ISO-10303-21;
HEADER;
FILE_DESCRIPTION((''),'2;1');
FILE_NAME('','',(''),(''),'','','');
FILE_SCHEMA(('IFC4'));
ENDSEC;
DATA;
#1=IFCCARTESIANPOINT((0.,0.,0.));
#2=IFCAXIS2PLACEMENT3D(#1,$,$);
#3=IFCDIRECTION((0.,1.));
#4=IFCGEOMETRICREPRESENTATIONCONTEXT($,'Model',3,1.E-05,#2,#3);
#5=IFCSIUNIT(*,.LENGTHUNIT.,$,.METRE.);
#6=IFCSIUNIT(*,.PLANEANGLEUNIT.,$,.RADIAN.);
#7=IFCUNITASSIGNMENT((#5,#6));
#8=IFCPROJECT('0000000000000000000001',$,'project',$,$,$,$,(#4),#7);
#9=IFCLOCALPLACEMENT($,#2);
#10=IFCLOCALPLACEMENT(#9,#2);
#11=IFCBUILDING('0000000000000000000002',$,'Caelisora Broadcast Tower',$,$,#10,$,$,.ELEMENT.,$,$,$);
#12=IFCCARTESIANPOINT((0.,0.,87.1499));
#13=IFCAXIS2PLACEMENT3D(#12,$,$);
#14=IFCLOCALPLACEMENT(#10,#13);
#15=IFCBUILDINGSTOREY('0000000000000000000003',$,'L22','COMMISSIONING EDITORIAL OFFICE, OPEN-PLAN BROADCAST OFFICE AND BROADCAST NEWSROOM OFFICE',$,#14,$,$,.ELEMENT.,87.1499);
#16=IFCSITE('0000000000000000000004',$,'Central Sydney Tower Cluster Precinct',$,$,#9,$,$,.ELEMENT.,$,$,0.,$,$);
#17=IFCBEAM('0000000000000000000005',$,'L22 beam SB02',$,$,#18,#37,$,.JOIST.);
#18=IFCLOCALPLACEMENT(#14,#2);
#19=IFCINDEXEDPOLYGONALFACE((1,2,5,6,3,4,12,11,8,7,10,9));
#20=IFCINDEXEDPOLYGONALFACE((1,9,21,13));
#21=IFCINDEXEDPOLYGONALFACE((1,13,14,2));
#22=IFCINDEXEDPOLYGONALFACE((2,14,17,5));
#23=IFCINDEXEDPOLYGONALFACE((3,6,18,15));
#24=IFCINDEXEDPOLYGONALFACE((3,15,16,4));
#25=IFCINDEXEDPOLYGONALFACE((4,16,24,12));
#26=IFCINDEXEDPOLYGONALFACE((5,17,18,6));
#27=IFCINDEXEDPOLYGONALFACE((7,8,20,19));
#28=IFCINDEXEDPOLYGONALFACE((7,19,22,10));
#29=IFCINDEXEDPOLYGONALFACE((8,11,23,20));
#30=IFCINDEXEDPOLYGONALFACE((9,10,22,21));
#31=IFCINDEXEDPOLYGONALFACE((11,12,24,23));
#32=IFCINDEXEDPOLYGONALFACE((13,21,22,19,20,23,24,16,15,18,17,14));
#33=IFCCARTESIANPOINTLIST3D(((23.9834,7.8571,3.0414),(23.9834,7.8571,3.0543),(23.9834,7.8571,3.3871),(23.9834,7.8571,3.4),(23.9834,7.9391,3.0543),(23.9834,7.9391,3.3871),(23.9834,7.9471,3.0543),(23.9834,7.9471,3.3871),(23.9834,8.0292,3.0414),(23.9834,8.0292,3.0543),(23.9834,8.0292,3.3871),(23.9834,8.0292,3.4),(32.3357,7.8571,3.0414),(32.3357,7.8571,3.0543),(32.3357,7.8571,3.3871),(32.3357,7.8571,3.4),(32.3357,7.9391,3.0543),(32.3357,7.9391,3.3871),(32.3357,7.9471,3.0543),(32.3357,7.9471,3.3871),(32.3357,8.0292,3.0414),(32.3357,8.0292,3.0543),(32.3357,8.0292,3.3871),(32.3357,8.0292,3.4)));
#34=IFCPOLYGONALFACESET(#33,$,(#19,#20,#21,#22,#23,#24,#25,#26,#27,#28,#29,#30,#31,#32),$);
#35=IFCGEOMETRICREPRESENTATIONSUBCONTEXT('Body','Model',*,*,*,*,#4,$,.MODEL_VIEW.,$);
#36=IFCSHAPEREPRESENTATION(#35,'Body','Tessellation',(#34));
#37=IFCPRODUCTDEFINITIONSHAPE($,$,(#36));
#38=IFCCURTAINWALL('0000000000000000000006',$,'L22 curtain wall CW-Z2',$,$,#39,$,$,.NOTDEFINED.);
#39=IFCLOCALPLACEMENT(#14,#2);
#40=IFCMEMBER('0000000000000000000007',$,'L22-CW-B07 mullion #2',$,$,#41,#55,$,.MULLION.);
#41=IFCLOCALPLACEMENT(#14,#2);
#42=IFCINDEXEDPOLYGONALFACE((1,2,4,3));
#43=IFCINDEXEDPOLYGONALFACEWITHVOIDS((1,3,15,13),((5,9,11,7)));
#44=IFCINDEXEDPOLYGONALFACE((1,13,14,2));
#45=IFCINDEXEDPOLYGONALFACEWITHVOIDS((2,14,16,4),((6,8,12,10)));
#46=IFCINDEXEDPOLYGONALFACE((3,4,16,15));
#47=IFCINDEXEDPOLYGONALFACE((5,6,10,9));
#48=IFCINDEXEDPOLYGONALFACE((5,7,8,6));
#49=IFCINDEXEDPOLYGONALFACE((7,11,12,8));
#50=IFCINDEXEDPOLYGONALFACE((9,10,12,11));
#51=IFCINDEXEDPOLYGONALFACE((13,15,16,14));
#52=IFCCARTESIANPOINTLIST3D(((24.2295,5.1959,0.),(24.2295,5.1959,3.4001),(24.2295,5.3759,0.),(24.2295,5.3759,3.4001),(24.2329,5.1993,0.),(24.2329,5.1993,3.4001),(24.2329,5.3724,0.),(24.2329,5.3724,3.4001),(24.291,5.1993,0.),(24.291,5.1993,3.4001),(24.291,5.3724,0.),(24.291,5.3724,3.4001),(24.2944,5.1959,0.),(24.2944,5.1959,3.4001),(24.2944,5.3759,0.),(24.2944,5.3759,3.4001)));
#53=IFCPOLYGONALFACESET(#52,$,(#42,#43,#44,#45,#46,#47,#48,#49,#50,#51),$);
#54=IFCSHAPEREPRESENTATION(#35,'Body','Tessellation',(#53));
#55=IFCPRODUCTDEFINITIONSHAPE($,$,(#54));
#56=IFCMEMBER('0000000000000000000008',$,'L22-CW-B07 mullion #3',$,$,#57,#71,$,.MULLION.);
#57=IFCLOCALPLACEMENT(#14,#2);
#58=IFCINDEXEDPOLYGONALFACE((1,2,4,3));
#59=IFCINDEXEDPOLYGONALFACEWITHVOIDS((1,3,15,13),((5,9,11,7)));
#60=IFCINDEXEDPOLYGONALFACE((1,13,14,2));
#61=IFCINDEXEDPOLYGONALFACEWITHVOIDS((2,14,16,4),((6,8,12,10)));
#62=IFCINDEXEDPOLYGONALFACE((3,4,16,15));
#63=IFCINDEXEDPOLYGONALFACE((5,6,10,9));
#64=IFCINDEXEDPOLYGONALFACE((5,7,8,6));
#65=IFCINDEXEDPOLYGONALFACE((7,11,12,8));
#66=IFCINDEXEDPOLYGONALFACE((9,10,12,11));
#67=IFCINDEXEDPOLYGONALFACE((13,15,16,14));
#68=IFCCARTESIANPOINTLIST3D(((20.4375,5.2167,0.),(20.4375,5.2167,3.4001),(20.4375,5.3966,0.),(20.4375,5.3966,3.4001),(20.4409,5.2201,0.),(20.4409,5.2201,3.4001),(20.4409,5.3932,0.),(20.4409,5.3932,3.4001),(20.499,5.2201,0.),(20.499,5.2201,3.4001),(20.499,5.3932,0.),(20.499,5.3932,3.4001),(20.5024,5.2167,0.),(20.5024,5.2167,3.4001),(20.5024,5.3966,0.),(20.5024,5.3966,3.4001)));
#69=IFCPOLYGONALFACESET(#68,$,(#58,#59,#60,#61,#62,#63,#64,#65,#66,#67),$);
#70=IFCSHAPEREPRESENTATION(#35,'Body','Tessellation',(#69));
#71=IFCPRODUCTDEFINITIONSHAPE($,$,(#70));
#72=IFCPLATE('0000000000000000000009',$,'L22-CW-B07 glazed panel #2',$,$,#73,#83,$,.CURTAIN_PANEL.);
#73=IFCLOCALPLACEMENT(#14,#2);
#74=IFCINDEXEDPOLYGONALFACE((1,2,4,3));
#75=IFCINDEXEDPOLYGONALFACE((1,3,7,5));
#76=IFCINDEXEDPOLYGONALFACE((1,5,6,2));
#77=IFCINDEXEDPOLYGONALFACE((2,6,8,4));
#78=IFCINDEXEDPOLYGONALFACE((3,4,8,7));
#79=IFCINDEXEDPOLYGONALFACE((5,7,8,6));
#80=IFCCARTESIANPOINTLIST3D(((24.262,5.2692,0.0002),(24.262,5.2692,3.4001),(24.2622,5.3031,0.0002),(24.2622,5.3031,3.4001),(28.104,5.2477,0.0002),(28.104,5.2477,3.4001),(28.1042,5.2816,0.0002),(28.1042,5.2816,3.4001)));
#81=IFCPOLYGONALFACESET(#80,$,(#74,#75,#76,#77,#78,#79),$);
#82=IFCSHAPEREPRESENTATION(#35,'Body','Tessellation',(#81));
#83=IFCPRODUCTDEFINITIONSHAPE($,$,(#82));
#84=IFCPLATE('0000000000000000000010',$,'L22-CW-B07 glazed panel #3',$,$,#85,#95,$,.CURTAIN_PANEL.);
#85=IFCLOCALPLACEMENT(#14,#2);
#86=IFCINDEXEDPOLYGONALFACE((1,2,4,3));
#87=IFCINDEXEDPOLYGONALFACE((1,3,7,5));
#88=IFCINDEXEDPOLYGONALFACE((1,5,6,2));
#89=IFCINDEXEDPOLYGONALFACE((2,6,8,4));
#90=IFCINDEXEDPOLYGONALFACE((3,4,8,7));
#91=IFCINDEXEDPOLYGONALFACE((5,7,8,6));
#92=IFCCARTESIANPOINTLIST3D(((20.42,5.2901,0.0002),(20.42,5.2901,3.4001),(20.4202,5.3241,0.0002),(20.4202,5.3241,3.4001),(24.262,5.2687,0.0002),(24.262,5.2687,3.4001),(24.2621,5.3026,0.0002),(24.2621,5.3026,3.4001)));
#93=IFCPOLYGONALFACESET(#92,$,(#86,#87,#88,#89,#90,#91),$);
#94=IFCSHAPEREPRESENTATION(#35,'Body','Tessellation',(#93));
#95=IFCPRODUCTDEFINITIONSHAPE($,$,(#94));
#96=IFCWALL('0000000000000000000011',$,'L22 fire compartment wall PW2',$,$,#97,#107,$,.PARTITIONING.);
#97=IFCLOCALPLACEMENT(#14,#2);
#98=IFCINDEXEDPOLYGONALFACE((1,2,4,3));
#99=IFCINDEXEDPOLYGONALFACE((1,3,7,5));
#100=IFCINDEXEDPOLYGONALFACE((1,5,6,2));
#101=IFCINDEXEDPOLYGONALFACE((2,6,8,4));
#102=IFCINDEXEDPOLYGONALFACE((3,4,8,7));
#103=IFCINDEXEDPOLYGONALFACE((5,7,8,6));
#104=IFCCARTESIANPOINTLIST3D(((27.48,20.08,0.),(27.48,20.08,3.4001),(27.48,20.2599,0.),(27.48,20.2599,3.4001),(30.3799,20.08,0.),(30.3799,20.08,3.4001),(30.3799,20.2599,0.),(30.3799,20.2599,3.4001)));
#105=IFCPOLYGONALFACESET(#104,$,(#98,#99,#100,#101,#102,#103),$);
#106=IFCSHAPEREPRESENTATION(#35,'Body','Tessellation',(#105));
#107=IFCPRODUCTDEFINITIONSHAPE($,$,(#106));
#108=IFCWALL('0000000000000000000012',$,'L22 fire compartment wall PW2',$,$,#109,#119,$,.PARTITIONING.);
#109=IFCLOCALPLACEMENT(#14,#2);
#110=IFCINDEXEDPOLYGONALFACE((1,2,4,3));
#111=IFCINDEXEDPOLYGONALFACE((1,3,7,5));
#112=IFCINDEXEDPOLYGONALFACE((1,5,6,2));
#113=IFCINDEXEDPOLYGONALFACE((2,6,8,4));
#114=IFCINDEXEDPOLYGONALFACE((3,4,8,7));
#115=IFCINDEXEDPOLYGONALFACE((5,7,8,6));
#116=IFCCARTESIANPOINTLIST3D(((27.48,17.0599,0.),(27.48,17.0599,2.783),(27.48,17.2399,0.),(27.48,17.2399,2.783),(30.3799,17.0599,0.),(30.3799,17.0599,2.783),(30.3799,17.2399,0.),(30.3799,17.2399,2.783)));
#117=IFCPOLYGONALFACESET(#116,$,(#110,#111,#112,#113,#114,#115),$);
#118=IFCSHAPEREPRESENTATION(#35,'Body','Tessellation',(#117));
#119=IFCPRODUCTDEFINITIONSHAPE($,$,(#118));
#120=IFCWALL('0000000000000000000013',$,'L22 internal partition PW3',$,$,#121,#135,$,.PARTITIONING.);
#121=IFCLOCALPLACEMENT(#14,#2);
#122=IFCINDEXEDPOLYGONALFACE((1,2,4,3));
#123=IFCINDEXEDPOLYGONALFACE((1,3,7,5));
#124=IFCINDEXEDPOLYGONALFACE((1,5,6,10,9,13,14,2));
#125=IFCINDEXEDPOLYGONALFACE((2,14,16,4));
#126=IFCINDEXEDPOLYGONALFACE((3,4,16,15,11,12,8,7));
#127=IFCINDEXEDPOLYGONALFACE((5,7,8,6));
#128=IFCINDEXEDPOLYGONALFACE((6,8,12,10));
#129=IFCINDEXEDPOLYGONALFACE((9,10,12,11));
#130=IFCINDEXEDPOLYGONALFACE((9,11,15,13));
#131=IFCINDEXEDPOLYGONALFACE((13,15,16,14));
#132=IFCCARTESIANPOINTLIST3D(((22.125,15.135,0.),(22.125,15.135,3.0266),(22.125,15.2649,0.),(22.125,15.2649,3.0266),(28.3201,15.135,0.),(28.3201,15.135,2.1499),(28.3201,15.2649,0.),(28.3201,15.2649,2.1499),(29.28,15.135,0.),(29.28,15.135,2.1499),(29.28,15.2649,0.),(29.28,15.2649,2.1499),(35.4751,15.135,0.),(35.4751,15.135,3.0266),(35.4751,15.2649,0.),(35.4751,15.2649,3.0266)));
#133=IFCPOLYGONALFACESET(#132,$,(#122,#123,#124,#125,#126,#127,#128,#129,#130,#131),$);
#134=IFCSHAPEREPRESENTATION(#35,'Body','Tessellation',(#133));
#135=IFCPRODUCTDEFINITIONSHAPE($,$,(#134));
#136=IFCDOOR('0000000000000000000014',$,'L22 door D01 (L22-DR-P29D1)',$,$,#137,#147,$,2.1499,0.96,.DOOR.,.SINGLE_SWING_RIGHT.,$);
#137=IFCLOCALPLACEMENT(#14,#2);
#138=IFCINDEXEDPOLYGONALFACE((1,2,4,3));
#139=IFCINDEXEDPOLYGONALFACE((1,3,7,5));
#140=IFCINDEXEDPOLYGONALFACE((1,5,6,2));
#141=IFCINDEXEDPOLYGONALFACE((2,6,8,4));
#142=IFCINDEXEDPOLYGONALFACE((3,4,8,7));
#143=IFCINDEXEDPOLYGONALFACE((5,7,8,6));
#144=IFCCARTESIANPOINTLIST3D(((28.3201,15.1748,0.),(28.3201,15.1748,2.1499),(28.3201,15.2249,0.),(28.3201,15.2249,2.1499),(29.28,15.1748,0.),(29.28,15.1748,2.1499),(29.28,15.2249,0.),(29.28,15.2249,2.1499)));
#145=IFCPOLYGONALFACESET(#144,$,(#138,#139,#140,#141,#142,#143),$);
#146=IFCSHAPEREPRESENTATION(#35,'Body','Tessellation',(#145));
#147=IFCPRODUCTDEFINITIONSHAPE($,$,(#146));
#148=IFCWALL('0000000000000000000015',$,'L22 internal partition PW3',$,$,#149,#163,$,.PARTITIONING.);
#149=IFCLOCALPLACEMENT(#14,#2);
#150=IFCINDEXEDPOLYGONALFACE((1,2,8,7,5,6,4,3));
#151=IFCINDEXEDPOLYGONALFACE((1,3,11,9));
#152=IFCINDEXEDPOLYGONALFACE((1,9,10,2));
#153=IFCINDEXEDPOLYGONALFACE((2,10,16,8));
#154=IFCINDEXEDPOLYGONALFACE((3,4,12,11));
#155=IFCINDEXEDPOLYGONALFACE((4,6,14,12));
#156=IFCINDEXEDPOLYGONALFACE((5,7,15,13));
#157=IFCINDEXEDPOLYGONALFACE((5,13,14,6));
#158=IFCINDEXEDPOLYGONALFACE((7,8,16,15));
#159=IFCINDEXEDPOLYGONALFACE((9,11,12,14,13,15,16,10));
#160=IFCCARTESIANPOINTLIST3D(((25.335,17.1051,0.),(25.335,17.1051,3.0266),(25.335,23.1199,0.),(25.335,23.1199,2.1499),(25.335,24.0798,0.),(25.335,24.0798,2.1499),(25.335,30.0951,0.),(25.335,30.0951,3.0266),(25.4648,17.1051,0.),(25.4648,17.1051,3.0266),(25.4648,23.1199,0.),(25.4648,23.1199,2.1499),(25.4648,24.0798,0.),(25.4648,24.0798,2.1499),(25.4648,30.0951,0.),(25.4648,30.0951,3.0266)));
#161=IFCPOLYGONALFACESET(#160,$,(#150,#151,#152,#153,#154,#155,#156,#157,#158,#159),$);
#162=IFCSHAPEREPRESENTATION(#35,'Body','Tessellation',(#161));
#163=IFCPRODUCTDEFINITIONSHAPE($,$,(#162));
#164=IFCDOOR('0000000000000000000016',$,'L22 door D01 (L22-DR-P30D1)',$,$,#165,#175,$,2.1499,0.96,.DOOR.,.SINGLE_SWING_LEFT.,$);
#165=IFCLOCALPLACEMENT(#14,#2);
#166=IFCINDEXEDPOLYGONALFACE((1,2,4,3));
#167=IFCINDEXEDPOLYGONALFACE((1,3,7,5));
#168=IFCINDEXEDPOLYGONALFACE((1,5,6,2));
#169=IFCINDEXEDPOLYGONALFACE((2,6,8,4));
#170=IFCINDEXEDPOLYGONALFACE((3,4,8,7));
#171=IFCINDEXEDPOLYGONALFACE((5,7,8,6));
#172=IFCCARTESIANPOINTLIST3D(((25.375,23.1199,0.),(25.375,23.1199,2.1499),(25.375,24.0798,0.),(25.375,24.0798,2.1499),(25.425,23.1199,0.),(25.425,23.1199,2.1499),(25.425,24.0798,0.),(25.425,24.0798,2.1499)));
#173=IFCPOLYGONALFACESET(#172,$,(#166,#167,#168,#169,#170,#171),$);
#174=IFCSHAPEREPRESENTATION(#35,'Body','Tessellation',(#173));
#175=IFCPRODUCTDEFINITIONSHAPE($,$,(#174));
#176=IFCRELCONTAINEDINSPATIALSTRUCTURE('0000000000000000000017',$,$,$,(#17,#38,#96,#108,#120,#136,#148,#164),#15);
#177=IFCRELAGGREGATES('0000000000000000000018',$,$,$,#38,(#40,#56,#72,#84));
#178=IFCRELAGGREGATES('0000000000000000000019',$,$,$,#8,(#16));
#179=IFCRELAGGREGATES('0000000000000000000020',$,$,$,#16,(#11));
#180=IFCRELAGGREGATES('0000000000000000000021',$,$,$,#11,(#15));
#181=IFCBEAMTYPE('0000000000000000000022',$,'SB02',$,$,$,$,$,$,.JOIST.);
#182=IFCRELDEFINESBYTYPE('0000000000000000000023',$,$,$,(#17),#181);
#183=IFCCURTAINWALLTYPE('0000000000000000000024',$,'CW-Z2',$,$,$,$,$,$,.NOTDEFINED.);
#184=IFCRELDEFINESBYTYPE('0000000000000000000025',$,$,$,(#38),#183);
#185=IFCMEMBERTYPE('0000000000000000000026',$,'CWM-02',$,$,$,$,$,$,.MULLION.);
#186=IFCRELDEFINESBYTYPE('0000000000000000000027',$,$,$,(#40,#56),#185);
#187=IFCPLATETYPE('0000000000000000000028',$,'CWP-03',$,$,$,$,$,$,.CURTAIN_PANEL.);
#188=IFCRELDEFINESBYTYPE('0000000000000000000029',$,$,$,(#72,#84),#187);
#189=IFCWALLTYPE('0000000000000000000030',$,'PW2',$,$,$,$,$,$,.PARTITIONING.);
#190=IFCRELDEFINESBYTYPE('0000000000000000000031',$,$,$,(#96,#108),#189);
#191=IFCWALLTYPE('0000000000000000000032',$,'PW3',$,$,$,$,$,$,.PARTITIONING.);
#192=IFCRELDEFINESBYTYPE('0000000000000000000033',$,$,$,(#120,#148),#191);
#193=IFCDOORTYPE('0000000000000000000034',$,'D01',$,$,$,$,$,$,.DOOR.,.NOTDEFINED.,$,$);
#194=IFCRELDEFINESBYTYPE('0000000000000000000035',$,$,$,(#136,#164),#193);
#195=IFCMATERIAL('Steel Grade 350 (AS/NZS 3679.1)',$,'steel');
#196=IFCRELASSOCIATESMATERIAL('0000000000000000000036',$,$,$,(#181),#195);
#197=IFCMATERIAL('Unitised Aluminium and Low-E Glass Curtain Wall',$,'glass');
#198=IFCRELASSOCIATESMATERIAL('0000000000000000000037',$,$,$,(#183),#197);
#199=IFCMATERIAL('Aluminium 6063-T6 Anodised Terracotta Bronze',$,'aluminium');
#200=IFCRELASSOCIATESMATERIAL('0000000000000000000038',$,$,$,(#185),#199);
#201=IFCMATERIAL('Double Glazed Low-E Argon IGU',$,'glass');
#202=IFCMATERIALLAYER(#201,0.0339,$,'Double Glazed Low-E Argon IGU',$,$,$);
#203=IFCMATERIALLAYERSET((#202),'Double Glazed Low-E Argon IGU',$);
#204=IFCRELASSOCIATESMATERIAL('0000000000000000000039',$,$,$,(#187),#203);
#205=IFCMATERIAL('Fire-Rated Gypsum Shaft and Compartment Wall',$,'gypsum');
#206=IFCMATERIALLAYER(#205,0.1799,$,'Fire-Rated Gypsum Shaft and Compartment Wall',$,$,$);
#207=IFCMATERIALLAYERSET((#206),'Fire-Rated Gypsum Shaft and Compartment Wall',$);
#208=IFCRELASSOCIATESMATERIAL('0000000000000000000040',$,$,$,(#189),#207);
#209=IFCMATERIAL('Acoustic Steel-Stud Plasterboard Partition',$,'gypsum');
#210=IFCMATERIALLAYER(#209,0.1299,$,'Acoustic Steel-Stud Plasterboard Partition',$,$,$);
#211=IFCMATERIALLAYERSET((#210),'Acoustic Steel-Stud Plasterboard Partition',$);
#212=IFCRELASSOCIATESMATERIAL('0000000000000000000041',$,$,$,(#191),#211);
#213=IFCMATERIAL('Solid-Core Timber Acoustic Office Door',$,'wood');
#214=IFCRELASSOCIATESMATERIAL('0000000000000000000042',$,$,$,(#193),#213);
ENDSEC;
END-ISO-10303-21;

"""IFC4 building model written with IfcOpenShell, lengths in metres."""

from ifc_helpers import new_model, si_unit, direction, frame, frame_2d, origin, origin_2d, place, context, subcontext, project, spatial, rectangle, hollow_rectangle, i_section, extrude, source, transform, mapped, material, layer, layer_set, material_profile, profile_set, type_object, type_shapes, element, fill, aggregate, save


model = new_model("IFC4")

# Units and contexts
model_context = context("Model", 3, precision=1e-05, world=origin(), true_north=direction((0.0, 1.0)))
body_context = subcontext(model_context, "Body", "Model", "MODEL_VIEW")
ifc_project = project(units=[si_unit("LENGTHUNIT", "METRE"), si_unit("PLANEANGLEUNIT", "RADIAN")], contexts=[model_context])

# Site, building, storey
site_placement = place(None, origin())
site = spatial("IfcSite", under=ifc_project, at=site_placement, Name="Central Sydney Tower Cluster Precinct", CompositionType="ELEMENT", RefElevation=0.0)
building_placement = place(site_placement, origin())
building = spatial("IfcBuilding", under=site, at=building_placement, Name="Caelisora Broadcast Tower", CompositionType="ELEMENT")
storey_placement = place(building_placement, frame((0.0, 0.0, 87.1499)))
storey = spatial("IfcBuildingStorey", under=building, at=storey_placement, Name="L22", Description="COMMISSIONING EDITORIAL OFFICE, OPEN-PLAN BROADCAST OFFICE AND BROADCAST NEWSROOM OFFICE", CompositionType="ELEMENT", Elevation=87.1499)

# Beam
ifc_material_1 = material(Name="Steel Grade 350 (AS/NZS 3679.1)", Category="steel")
ifc_material_profile_1 = material_profile(ifc_material_1, i_section(OverallWidth=0.1721, OverallDepth=0.3586, WebThickness=0.0081, FlangeThickness=0.0129, at=origin_2d()), Name="Steel Grade 350 (AS/NZS 3679.1)")
ifc_profile_set_1 = profile_set([ifc_material_profile_1], Name="Steel Grade 350 (AS/NZS 3679.1)")
beam_type_1 = type_object("IfcBeamType", Name="SB02", PredefinedType="JOIST", material=ifc_profile_set_1)
shared_shape_1 = source(origin(), body_context, "Body", "SweptSolid", [
    extrude(i_section(OverallWidth=0.1721, OverallDepth=0.3586, WebThickness=0.0081, FlangeThickness=0.0129, at=origin_2d()), origin(), (0.0, 0.0, 1.0), 8.3523),
])
beam_1_placement = place(storey_placement, frame((23.9834, 7.9431, 3.2207), z_axis=(1.0, 0.0, 0.0), x_axis=(0.0, 1.0, 0.0)))
element("IfcBeam", 1, at=beam_1_placement, inside=storey, type_object=beam_type_1, Name="L22 beam SB02", PredefinedType="JOIST", context=body_context, shape_type="MappedRepresentation", body=[
    mapped(shared_shape_1, transform((0.0, 0.0, 0.0), scale=1.0)),
])

# Curtain wall, members, plates
ifc_material_2 = material(Name="Unitised Aluminium and Low-E Glass Curtain Wall", Category="glass")
curtain_wall_type = type_object("IfcCurtainWallType", Name="CW-Z2", PredefinedType="NOTDEFINED", material=ifc_material_2)
curtain_wall_placement = place(storey_placement, origin())
curtain_wall = element("IfcCurtainWall", 2, at=curtain_wall_placement, inside=storey, type_object=curtain_wall_type, Name="L22 curtain wall CW-Z2", PredefinedType="NOTDEFINED")
ifc_material_3 = material(Name="Aluminium 6063-T6 Anodised Terracotta Bronze", Category="aluminium")
ifc_material_profile_2 = material_profile(ifc_material_3, hollow_rectangle(XDim=0.0649, YDim=0.1799, WallThickness=0.0034, at=origin_2d()), Name="Aluminium 6063-T6 Anodised Terracotta Bronze")
ifc_profile_set_2 = profile_set([ifc_material_profile_2], Name="Aluminium 6063-T6 Anodised Terracotta Bronze")
member_type = type_object("IfcMemberType", Name="CWM-02", PredefinedType="MULLION", material=ifc_profile_set_2)
shared_shape_2 = source(origin(), body_context, "Body", "SweptSolid", [
    extrude(hollow_rectangle(XDim=0.0649, YDim=0.1799, WallThickness=0.0034, at=origin_2d()), origin(), (0.0, 0.0, 1.0), 3.4001),
])
type_shapes(member_type, [shared_shape_2])
member_1_placement = place(storey_placement, frame((24.262, 5.2859, 0.0), z_axis=(0.0, 0.0, 1.0), x_axis=(1.0, 0.0, 0.0)))
member_1 = element("IfcMember", 3, at=member_1_placement, type_object=member_type, Name="L22-CW-B07 mullion #2", PredefinedType="MULLION", context=body_context, shape_type="MappedRepresentation", body=[
    mapped(shared_shape_2, transform((0.0, 0.0, 0.0), scale=1.0)),
])
member_2_placement = place(storey_placement, frame((20.47, 5.3066, 0.0), z_axis=(0.0, 0.0, 1.0), x_axis=(1.0, 0.0, 0.0)))
member_2 = element("IfcMember", 4, at=member_2_placement, type_object=member_type, Name="L22-CW-B07 mullion #3", PredefinedType="MULLION", context=body_context, shape_type="MappedRepresentation", body=[
    mapped(shared_shape_2, transform((0.0, 0.0, 0.0), scale=1.0)),
])
ifc_material_4 = material(Name="Double Glazed Low-E Argon IGU", Category="glass")
ifc_layer_1 = layer(ifc_material_4, 0.0339, Name="Double Glazed Low-E Argon IGU")
ifc_layer_set_1 = layer_set([ifc_layer_1], Name="Double Glazed Low-E Argon IGU")
plate_type = type_object("IfcPlateType", Name="CWP-03", PredefinedType="CURTAIN_PANEL", material=ifc_layer_set_1)
shared_shape_3 = source(origin(), body_context, "Body", "SweptSolid", [
    extrude(rectangle(XDim=3.842, YDim=0.0339, at=origin_2d()), origin(), (0.0, 0.0, 1.0), 3.3999),
])
type_shapes(plate_type, [shared_shape_3])
plate_1_placement = place(storey_placement, frame((26.1831, 5.2754, 0.0002), z_axis=(0.0, 0.0, 1.0), x_axis=(-0.999984, 0.005585, 0.0)))
plate_1 = element("IfcPlate", 5, at=plate_1_placement, type_object=plate_type, Name="L22-CW-B07 glazed panel #2", PredefinedType="CURTAIN_PANEL", context=body_context, shape_type="MappedRepresentation", body=[
    mapped(shared_shape_3, transform((0.0, 0.0, 0.0), scale=1.0)),
])
plate_2_placement = place(storey_placement, frame((22.3411, 5.2964, 0.0002), z_axis=(0.0, 0.0, 1.0), x_axis=(-0.999984, 0.005585, 0.0)))
plate_2 = element("IfcPlate", 6, at=plate_2_placement, type_object=plate_type, Name="L22-CW-B07 glazed panel #3", PredefinedType="CURTAIN_PANEL", context=body_context, shape_type="MappedRepresentation", body=[
    mapped(shared_shape_3, transform((0.0, 0.0, 0.0), scale=1.0)),
])
aggregate(curtain_wall, [member_1, member_2, plate_1, plate_2])

# Wall
ifc_material_5 = material(Name="Fire-Rated Gypsum Shaft and Compartment Wall", Category="gypsum")
ifc_layer_2 = layer(ifc_material_5, 0.1799, Name="Fire-Rated Gypsum Shaft and Compartment Wall")
ifc_layer_set_2 = layer_set([ifc_layer_2], Name="Fire-Rated Gypsum Shaft and Compartment Wall")
wall_type_1 = type_object("IfcWallType", Name="PW2", PredefinedType="PARTITIONING", material=ifc_layer_set_2)
wall_1_placement = place(storey_placement, frame((27.48, 20.1699, 0.0), z_axis=(0.0, 0.0, 1.0), x_axis=(1.0, 0.0, 0.0)))
element("IfcWall", 7, at=wall_1_placement, inside=storey, type_object=wall_type_1, Name="L22 fire compartment wall PW2", PredefinedType="PARTITIONING", context=body_context, shape_type="SweptSolid", body=[
    extrude(rectangle(XDim=2.8999, YDim=0.1799, at=frame_2d((1.45, 0.0))), origin(), (0.0, 0.0, 1.0), 3.4001),
])

# Wall
wall_2_placement = place(storey_placement, frame((27.48, 17.1499, 0.0), z_axis=(0.0, 0.0, 1.0), x_axis=(1.0, 0.0, 0.0)))
element("IfcWall", 8, at=wall_2_placement, inside=storey, type_object=wall_type_1, Name="L22 fire compartment wall PW2", PredefinedType="PARTITIONING", context=body_context, shape_type="SweptSolid", body=[
    extrude(rectangle(XDim=2.8999, YDim=0.1799, at=frame_2d((1.45, 0.0))), origin(), (0.0, 0.0, 1.0), 2.783),
])

# Walls, openings, doors
ifc_material_6 = material(Name="Acoustic Steel-Stud Plasterboard Partition", Category="gypsum")
ifc_layer_3 = layer(ifc_material_6, 0.1299, Name="Acoustic Steel-Stud Plasterboard Partition")
ifc_layer_set_3 = layer_set([ifc_layer_3], Name="Acoustic Steel-Stud Plasterboard Partition")
wall_type_2 = type_object("IfcWallType", Name="PW3", PredefinedType="PARTITIONING", material=ifc_layer_set_3)
wall_3_placement = place(storey_placement, frame((22.125, 15.2, 0.0), z_axis=(0.0, 0.0, 1.0), x_axis=(1.0, 0.0, 0.0)))
wall_3 = element("IfcWall", 9, at=wall_3_placement, inside=storey, type_object=wall_type_2, Name="L22 internal partition PW3", PredefinedType="PARTITIONING", context=body_context, shape_type="SweptSolid", body=[
    extrude(rectangle(XDim=13.3501, YDim=0.1299, at=frame_2d((6.675, 0.0))), origin(), (0.0, 0.0, 1.0), 3.0266),
])
opening_1_placement = place(wall_3_placement, frame((6.1951, 0.0, 0.0)))
opening_1 = element("IfcOpeningElement", 10, at=opening_1_placement, cuts=wall_3, PredefinedType="OPENING", context=body_context, shape_type="SweptSolid", body=[
    extrude(rectangle(XDim=0.96, YDim=2.1499, at=frame_2d((0.48, 1.075))), frame((0.0, 0.0769, 0.0), z_axis=(0.0, -1.0, 0.0), x_axis=(1.0, 0.0, 0.0)), (0.0, 0.0, 1.0), 0.1538),
])
ifc_material_7 = material(Name="Solid-Core Timber Acoustic Office Door", Category="wood")
door_type_1 = type_object("IfcDoorType", Name="D01", OperationType="NOTDEFINED", PredefinedType="DOOR", material=ifc_material_7)
door_1_placement = place(opening_1_placement, origin())
door_1 = element("IfcDoor", 11, at=door_1_placement, inside=storey, type_object=door_type_1, Name="L22 door D01 (L22-DR-P29D1)", OperationType="SINGLE_SWING_RIGHT", OverallHeight=2.1499, OverallWidth=0.96, PredefinedType="DOOR", context=body_context, shape_type="SweptSolid", body=[
    extrude(rectangle(XDim=0.96, YDim=2.1499, at=frame_2d((0.48, 1.075))), frame((0.0, 0.0249, 0.0), z_axis=(0.0, -1.0, 0.0), x_axis=(1.0, 0.0, 0.0)), (0.0, 0.0, 1.0), 0.05),
])
fill(opening_1, door_1)
wall_4_placement = place(storey_placement, frame((25.3999, 17.105, 0.0), z_axis=(0.0, 0.0, 1.0), x_axis=(0.0, 1.0, 0.0)))
wall_4 = element("IfcWall", 12, at=wall_4_placement, inside=storey, type_object=wall_type_2, Name="L22 internal partition PW3", PredefinedType="PARTITIONING", context=body_context, shape_type="SweptSolid", body=[
    extrude(rectangle(XDim=12.99, YDim=0.1299, at=frame_2d((6.4951, 0.0))), origin(), (0.0, 0.0, 1.0), 3.0266),
])
opening_2_placement = place(wall_4_placement, frame((6.0149, 0.0, 0.0)))
opening_2 = element("IfcOpeningElement", 13, at=opening_2_placement, cuts=wall_4, PredefinedType="OPENING", context=body_context, shape_type="SweptSolid", body=[
    extrude(rectangle(XDim=0.96, YDim=2.1499, at=frame_2d((0.48, 1.075))), frame((0.0, 0.0769, 0.0), z_axis=(0.0, -1.0, 0.0), x_axis=(1.0, 0.0, 0.0)), (0.0, 0.0, 1.0), 0.1538),
])
door_2_placement = place(opening_2_placement, origin())
door_2 = element("IfcDoor", 14, at=door_2_placement, inside=storey, type_object=door_type_1, Name="L22 door D01 (L22-DR-P30D1)", OperationType="SINGLE_SWING_LEFT", OverallHeight=2.1499, OverallWidth=0.96, PredefinedType="DOOR", context=body_context, shape_type="SweptSolid", body=[
    extrude(rectangle(XDim=0.96, YDim=2.1499, at=frame_2d((0.48, 1.075))), frame((0.0, 0.0249, 0.0), z_axis=(0.0, -1.0, 0.0), x_axis=(1.0, 0.0, 0.0)), (0.0, 0.0, 1.0), 0.05),
])
fill(opening_2, door_2)

save(model, "model.ifc")
